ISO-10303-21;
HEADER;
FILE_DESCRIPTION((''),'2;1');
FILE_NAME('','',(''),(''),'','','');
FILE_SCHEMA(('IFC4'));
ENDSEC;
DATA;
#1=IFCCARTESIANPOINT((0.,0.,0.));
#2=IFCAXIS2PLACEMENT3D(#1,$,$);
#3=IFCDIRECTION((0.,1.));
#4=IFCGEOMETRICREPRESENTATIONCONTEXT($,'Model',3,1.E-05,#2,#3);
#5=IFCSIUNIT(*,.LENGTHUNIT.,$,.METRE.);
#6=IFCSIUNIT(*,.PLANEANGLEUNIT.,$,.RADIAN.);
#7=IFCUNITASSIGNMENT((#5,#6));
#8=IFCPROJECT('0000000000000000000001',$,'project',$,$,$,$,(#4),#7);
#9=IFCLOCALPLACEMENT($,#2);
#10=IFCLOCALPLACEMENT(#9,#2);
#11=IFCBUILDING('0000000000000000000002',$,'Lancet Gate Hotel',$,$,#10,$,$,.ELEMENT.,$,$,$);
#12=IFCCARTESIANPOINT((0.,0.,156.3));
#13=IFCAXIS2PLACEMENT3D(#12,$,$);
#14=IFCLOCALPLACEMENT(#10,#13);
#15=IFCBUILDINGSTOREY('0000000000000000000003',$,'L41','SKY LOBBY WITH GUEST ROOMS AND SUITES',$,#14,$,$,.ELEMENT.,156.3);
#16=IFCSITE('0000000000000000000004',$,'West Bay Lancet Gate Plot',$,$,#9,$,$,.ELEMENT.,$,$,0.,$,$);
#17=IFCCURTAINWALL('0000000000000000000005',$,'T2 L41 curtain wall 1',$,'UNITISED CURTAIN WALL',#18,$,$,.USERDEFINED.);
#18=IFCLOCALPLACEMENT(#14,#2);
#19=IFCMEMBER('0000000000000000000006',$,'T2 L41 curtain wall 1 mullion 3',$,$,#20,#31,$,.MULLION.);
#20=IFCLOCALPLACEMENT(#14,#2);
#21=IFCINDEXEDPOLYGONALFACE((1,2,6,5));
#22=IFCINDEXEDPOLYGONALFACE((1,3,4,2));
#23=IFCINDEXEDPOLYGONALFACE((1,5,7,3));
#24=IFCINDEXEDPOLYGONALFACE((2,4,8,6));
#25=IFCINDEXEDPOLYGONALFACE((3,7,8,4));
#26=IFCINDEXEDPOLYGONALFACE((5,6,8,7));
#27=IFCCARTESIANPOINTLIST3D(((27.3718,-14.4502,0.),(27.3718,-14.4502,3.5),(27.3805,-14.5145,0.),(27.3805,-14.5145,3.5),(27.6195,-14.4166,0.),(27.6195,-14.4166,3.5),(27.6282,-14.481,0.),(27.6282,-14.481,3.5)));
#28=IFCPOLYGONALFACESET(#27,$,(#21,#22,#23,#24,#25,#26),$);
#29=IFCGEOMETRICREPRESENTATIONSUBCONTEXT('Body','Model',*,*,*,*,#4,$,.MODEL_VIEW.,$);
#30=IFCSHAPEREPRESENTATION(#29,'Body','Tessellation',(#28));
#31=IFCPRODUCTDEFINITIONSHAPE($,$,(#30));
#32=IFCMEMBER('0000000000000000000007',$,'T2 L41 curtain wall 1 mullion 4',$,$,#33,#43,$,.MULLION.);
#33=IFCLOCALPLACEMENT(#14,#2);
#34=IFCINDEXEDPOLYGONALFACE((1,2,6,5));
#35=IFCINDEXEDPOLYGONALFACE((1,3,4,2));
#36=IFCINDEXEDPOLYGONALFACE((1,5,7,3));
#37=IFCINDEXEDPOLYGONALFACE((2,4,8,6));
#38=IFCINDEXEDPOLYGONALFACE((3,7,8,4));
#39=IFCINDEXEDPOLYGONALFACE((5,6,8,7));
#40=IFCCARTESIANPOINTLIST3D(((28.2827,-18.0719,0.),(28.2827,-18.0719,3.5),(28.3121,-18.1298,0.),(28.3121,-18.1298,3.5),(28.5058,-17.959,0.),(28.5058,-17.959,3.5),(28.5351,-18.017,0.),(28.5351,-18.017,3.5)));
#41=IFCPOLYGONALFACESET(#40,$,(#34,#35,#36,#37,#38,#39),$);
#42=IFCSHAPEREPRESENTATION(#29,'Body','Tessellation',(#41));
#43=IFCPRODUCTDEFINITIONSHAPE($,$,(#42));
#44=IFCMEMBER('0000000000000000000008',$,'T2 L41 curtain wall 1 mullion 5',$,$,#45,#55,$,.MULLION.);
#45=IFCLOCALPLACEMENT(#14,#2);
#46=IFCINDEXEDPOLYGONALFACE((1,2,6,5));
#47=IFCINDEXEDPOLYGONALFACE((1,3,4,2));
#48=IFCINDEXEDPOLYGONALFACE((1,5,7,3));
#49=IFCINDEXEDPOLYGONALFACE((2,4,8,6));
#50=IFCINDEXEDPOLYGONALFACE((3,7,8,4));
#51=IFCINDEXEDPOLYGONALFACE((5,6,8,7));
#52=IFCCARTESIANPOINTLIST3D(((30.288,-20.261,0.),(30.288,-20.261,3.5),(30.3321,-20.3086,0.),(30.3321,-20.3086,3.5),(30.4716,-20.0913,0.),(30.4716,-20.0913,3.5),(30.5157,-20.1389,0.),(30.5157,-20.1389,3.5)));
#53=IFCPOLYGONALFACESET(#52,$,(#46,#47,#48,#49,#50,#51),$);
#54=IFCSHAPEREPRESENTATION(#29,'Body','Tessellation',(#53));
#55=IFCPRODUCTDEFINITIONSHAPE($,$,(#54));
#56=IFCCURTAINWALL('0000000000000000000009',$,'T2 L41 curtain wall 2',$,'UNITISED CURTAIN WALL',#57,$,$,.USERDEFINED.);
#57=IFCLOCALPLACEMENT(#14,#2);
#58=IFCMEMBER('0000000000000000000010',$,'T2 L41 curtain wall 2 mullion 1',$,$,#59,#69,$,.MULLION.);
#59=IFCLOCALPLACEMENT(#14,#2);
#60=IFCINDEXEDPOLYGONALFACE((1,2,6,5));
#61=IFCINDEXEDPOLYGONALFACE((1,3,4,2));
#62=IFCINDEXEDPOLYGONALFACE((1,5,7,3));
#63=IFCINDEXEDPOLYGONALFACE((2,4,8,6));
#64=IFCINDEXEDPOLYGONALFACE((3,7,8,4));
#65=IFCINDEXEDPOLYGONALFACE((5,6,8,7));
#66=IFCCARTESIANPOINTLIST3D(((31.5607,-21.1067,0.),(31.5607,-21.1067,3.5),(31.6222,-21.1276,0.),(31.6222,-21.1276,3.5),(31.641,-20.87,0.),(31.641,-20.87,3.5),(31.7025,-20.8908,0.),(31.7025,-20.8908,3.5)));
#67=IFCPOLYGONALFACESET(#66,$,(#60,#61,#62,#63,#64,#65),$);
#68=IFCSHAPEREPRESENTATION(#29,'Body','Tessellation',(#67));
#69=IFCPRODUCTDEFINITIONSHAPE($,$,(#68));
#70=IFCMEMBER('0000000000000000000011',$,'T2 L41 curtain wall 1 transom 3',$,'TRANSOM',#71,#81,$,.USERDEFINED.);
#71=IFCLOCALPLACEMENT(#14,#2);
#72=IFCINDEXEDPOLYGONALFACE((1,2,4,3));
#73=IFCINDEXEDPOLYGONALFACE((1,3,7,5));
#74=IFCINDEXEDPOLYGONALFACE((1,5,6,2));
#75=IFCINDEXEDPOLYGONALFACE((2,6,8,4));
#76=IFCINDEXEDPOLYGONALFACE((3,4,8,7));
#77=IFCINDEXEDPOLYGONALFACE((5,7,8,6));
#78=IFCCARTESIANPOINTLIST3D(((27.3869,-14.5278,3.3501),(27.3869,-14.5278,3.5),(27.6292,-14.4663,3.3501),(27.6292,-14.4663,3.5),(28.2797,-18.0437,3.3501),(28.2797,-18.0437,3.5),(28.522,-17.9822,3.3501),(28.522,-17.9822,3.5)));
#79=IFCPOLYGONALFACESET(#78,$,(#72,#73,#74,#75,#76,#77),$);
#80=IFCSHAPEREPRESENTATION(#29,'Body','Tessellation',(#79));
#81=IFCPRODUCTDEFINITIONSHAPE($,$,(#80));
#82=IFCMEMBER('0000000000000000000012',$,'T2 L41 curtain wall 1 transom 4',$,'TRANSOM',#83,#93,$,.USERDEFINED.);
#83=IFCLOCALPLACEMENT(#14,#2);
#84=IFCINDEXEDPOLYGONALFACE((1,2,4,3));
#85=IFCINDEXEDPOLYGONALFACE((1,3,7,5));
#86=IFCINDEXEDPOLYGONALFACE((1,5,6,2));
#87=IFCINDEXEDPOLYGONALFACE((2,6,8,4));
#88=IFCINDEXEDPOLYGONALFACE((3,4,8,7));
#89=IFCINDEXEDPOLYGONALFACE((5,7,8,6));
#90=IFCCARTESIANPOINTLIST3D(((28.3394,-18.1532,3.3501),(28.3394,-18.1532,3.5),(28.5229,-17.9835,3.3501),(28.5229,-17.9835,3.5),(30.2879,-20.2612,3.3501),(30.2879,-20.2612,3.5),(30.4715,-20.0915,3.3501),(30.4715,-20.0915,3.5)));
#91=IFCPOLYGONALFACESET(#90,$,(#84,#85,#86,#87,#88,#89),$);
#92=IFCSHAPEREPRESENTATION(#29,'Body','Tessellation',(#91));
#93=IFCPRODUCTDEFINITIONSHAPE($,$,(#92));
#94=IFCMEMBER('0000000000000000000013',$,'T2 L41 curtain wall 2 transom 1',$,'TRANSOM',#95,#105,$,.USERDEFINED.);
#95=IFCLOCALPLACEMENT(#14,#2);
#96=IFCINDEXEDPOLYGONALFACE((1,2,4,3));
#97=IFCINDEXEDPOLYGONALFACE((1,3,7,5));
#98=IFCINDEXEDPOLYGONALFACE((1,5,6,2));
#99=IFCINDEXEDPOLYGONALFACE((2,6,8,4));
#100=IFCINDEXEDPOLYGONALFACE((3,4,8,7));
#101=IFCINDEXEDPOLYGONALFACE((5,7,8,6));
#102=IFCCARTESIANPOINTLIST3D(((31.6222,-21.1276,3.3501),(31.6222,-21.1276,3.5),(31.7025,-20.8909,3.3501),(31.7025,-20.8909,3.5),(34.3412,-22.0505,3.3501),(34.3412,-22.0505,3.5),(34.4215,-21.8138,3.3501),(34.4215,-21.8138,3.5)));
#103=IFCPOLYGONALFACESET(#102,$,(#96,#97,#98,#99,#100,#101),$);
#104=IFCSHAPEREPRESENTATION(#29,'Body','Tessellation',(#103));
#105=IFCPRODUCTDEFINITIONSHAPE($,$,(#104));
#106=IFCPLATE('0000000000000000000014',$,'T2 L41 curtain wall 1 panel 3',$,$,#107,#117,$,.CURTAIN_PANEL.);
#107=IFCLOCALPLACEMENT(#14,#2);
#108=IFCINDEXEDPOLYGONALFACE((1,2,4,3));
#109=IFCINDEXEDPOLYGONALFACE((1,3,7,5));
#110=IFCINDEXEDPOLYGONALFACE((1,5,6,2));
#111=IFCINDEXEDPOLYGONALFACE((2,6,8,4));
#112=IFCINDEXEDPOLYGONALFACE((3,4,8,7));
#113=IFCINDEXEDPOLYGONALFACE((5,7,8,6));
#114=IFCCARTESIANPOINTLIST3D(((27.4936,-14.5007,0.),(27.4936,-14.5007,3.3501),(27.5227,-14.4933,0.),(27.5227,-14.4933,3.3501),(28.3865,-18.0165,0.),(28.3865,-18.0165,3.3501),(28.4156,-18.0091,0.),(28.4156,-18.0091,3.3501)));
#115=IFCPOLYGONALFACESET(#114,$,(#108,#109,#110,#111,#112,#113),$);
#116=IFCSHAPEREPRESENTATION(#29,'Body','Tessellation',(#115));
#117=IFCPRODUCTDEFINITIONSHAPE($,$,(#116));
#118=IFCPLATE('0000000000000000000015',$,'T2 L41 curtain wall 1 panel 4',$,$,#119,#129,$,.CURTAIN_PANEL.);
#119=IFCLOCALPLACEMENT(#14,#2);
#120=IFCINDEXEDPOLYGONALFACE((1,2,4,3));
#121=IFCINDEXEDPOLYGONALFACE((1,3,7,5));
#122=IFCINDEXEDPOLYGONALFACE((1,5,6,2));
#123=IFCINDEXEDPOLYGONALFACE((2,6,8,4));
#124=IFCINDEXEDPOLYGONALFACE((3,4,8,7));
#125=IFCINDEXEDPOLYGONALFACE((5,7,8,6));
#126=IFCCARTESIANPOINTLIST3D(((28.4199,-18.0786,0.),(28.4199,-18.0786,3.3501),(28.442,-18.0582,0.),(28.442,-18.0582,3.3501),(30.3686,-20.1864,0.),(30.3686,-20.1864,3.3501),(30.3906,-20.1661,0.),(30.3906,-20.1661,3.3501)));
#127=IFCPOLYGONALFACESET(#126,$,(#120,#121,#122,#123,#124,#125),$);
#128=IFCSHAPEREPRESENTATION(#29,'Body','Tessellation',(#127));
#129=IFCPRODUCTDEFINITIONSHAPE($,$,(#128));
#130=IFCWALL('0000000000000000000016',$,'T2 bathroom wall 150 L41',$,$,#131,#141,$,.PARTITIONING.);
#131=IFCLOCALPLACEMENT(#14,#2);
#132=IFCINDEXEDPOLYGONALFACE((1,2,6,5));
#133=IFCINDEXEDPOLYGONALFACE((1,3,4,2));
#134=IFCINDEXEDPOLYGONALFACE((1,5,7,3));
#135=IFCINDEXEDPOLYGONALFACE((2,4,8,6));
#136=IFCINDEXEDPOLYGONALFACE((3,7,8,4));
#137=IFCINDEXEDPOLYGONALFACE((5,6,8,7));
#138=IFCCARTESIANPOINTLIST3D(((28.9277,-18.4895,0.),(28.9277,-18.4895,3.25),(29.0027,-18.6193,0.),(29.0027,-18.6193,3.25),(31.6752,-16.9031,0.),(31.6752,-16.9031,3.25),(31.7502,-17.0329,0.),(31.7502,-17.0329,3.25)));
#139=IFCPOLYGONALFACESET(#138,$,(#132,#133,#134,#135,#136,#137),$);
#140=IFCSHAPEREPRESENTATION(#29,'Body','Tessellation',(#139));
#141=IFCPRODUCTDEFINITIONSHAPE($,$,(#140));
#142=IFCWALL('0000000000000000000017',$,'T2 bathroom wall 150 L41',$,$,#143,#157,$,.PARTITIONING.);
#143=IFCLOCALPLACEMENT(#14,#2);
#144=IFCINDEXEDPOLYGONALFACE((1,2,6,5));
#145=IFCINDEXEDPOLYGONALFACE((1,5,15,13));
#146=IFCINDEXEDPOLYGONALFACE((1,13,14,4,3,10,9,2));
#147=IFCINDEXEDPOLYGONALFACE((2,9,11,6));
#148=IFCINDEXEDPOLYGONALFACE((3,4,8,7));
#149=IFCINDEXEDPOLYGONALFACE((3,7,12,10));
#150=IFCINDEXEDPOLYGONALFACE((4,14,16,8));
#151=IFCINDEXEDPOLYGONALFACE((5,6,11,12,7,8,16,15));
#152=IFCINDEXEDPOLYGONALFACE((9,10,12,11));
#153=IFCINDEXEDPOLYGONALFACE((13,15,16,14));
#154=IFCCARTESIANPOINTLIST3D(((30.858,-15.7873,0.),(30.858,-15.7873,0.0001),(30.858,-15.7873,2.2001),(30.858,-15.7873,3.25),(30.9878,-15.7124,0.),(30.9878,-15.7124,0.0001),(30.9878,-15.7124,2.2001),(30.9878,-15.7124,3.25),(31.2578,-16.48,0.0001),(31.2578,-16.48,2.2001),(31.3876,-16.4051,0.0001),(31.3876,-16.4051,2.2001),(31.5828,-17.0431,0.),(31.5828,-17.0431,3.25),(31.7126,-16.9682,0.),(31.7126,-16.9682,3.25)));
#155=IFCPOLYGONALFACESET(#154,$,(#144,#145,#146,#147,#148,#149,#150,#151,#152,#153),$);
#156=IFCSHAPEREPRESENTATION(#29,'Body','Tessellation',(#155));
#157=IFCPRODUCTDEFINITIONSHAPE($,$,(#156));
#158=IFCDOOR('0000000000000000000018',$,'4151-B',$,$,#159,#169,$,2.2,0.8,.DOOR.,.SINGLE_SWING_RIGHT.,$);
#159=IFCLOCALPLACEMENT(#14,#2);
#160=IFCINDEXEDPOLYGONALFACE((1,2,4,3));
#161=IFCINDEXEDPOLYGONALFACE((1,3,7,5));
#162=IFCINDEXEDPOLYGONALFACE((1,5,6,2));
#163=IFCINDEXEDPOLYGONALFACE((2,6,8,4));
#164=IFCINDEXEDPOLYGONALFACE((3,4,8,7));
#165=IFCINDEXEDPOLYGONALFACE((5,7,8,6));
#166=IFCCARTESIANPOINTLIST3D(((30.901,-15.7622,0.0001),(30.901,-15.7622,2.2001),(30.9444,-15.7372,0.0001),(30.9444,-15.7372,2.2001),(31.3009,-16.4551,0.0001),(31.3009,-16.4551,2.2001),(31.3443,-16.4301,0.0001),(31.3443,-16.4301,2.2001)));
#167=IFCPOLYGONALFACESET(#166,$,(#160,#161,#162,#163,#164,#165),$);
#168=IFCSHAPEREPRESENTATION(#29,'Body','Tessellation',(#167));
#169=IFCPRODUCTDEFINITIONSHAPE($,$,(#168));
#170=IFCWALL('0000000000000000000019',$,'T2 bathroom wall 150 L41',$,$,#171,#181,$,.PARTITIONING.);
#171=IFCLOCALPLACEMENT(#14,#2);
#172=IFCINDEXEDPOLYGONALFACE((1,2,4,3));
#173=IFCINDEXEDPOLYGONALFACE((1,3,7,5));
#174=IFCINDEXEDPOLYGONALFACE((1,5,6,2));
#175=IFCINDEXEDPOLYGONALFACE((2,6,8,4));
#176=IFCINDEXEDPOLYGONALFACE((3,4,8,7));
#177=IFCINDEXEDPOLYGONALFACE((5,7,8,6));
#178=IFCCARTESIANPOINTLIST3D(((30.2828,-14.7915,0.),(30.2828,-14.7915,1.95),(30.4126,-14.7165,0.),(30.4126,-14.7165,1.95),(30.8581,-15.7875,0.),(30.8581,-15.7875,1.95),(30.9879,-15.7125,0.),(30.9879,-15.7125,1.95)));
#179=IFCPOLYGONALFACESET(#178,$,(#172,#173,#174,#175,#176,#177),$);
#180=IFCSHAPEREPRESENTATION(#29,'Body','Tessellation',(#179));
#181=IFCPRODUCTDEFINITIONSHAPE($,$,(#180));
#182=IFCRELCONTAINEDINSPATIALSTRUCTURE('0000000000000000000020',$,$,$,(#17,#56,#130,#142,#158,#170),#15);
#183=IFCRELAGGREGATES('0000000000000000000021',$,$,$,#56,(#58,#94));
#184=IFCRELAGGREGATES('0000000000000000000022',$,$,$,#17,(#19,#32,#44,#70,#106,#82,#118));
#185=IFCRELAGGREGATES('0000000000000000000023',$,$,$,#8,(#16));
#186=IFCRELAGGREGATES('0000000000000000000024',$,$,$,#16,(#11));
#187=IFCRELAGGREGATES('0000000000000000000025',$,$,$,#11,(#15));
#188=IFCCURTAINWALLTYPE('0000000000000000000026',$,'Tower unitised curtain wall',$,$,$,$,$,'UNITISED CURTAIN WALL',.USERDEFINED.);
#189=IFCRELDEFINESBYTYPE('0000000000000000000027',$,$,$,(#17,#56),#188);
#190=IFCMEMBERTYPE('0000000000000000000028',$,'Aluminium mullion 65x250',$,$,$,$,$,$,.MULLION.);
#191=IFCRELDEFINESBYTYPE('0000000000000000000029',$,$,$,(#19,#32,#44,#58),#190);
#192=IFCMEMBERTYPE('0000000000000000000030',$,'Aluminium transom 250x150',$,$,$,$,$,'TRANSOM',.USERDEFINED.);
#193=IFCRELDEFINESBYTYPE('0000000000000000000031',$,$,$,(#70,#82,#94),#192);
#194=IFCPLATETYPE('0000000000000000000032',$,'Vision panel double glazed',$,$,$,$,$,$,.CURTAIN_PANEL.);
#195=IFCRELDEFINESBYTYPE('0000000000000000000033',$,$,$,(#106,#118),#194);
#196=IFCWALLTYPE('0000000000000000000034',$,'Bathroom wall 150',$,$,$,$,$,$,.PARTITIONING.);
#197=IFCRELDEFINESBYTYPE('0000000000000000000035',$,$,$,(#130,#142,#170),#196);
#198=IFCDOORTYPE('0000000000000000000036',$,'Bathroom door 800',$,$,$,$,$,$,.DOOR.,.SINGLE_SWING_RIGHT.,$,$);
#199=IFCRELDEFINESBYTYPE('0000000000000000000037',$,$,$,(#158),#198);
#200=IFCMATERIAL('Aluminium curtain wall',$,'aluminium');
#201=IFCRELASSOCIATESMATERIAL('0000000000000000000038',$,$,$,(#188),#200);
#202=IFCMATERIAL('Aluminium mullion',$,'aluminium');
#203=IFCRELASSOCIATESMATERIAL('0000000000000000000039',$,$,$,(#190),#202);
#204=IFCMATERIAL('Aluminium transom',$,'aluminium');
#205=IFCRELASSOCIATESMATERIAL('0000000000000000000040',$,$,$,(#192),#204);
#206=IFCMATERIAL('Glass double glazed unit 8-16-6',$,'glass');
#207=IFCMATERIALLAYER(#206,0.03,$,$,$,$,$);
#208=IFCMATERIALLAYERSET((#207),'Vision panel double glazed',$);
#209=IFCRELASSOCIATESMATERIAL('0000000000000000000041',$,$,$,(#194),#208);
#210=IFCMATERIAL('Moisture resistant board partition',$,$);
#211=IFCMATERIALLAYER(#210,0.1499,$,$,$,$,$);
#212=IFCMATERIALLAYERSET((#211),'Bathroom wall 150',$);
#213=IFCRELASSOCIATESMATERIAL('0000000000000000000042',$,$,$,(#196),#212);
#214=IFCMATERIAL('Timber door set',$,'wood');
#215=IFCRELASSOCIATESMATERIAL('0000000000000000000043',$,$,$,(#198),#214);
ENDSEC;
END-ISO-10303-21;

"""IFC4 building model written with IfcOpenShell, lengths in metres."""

from ifc_helpers import new_model, si_unit, direction, frame, frame_2d, origin, origin_2d, place, context, subcontext, project, spatial, rectangle, extrude, material, layer, layer_set, material_profile, profile_set, type_object, element, fill, aggregate, save


model = new_model("IFC4")

# Units and contexts
model_context = context("Model", 3, precision=1e-05, world=origin(), true_north=direction((0.0, 1.0)))
body_context = subcontext(model_context, "Body", "Model", "MODEL_VIEW")
ifc_project = project(units=[si_unit("LENGTHUNIT", "METRE"), si_unit("PLANEANGLEUNIT", "RADIAN")], contexts=[model_context])

# Site, building, storey
site_placement = place(None, origin())
site = spatial("IfcSite", under=ifc_project, at=site_placement, Name="West Bay Lancet Gate Plot", CompositionType="ELEMENT", RefElevation=0.0)
building_placement = place(site_placement, origin())
building = spatial("IfcBuilding", under=site, at=building_placement, Name="Lancet Gate Hotel", CompositionType="ELEMENT")
storey_placement = place(building_placement, frame((0.0, 0.0, 156.3)))
storey = spatial("IfcBuildingStorey", under=building, at=storey_placement, Name="L41", Description="SKY LOBBY WITH GUEST ROOMS AND SUITES", CompositionType="ELEMENT", Elevation=156.3)

# Curtain wall, members
ifc_material_1 = material(Name="Aluminium curtain wall", Category="aluminium")
curtain_wall_type = type_object("IfcCurtainWallType", Name="Tower unitised curtain wall", ElementType="UNITISED CURTAIN WALL", PredefinedType="USERDEFINED", material=ifc_material_1)
curtain_wall_1_placement = place(storey_placement, origin())
curtain_wall_1 = element("IfcCurtainWall", 1, at=curtain_wall_1_placement, inside=storey, type_object=curtain_wall_type, Name="T2 L41 curtain wall 1", ObjectType="UNITISED CURTAIN WALL", PredefinedType="USERDEFINED")
ifc_material_2 = material(Name="Aluminium mullion", Category="aluminium")
ifc_material_profile_1 = material_profile(ifc_material_2, rectangle(XDim=0.0649, YDim=0.25, at=origin_2d()), Name="MULLION 65x250")
ifc_profile_set_1 = profile_set([ifc_material_profile_1], Name="Aluminium mullion")
member_type_1 = type_object("IfcMemberType", Name="Aluminium mullion 65x250", PredefinedType="MULLION", material=ifc_profile_set_1)
member_1_placement = place(storey_placement, frame((27.5, -14.4656, 0.0), z_axis=(0.0, 0.0, 1.0), x_axis=(0.134207, -0.990953, 0.0)))
member_1 = element("IfcMember", 2, at=member_1_placement, type_object=member_type_1, Name="T2 L41 curtain wall 1 mullion 3", PredefinedType="MULLION", context=body_context, shape_type="SweptSolid", body=[
    extrude(rectangle(XDim=0.0649, YDim=0.25, at=origin_2d()), origin(), (0.0, 0.0, 1.0), 3.5),
])
member_2_placement = place(storey_placement, frame((28.4089, -18.0444, 0.0), z_axis=(0.0, 0.0, 1.0), x_axis=(0.451506, -0.892268, 0.0)))
member_2 = element("IfcMember", 3, at=member_2_placement, type_object=member_type_1, Name="T2 L41 curtain wall 1 mullion 4", PredefinedType="MULLION", context=body_context, shape_type="SweptSolid", body=[
    extrude(rectangle(XDim=0.0649, YDim=0.25, at=origin_2d()), origin(), (0.0, 0.0, 1.0), 3.5),
])
member_3_placement = place(storey_placement, frame((30.4019, -20.2, 0.0), z_axis=(0.0, 0.0, 1.0), x_axis=(0.678831, -0.734294, 0.0)))
member_3 = element("IfcMember", 4, at=member_3_placement, type_object=member_type_1, Name="T2 L41 curtain wall 1 mullion 5", PredefinedType="MULLION", context=body_context, shape_type="SweptSolid", body=[
    extrude(rectangle(XDim=0.0649, YDim=0.25, at=origin_2d()), origin(), (0.0, 0.0, 1.0), 3.5),
])

# Curtain wall, member
curtain_wall_2_placement = place(storey_placement, origin())
curtain_wall_2 = element("IfcCurtainWall", 5, at=curtain_wall_2_placement, inside=storey, type_object=curtain_wall_type, Name="T2 L41 curtain wall 2", ObjectType="UNITISED CURTAIN WALL", PredefinedType="USERDEFINED")
member_4_placement = place(storey_placement, frame((31.6316, -20.9988, 0.0), z_axis=(0.0, 0.0, 1.0), x_axis=(0.946952, -0.321374, 0.0)))
member_4 = element("IfcMember", 6, at=member_4_placement, type_object=member_type_1, Name="T2 L41 curtain wall 2 mullion 1", PredefinedType="MULLION", context=body_context, shape_type="SweptSolid", body=[
    extrude(rectangle(XDim=0.0649, YDim=0.25, at=origin_2d()), origin(), (0.0, 0.0, 1.0), 3.5),
])

# Members
ifc_material_3 = material(Name="Aluminium transom", Category="aluminium")
ifc_material_profile_2 = material_profile(ifc_material_3, rectangle(XDim=0.25, YDim=0.1499, at=origin_2d()), Name="TRANSOM 250x150")
ifc_profile_set_2 = profile_set([ifc_material_profile_2], Name="Aluminium transom")
member_type_2 = type_object("IfcMemberType", Name="Aluminium transom 250x150", ElementType="TRANSOM", PredefinedType="USERDEFINED", material=ifc_profile_set_2)
member_5_placement = place(storey_placement, frame((27.5081, -14.4971, 3.425), z_axis=(0.246129, -0.969237, 0.0), x_axis=(0.969237, 0.246129, 0.0)))
member_5 = element("IfcMember", 7, at=member_5_placement, type_object=member_type_2, Name="T2 L41 curtain wall 1 transom 3", ObjectType="TRANSOM", PredefinedType="USERDEFINED", context=body_context, shape_type="SweptSolid", body=[
    extrude(rectangle(XDim=0.25, YDim=0.1499, at=origin_2d()), origin(), (0.0, 0.0, 1.0), 3.6274),
])
member_6_placement = place(storey_placement, frame((28.4312, -18.0684, 3.425), z_axis=(0.678792, -0.73433, 0.0), x_axis=(0.73433, 0.678792, 0.0)))
member_6 = element("IfcMember", 8, at=member_6_placement, type_object=member_type_2, Name="T2 L41 curtain wall 1 transom 4", ObjectType="TRANSOM", PredefinedType="USERDEFINED", context=body_context, shape_type="SweptSolid", body=[
    extrude(rectangle(XDim=0.25, YDim=0.1499, at=origin_2d()), origin(), (0.0, 0.0, 1.0), 2.8706),
])
member_7_placement = place(storey_placement, frame((31.6624, -21.0093, 3.425), z_axis=(0.946943, -0.321401, 0.0), x_axis=(0.321401, 0.946943, 0.0)))
member_7 = element("IfcMember", 9, at=member_7_placement, type_object=member_type_2, Name="T2 L41 curtain wall 2 transom 1", ObjectType="TRANSOM", PredefinedType="USERDEFINED", context=body_context, shape_type="SweptSolid", body=[
    extrude(rectangle(XDim=0.25, YDim=0.1499, at=origin_2d()), origin(), (0.0, 0.0, 1.0), 2.8713),
])
aggregate(curtain_wall_2, [member_4, member_7])

# Plates
ifc_material_4 = material(Name="Glass double glazed unit 8-16-6", Category="glass")
ifc_layer_1 = layer(ifc_material_4, 0.03)
ifc_layer_set_1 = layer_set([ifc_layer_1], Name="Vision panel double glazed")
plate_type = type_object("IfcPlateType", Name="Vision panel double glazed", PredefinedType="CURTAIN_PANEL", material=ifc_layer_set_1)
plate_1_placement = place(storey_placement, frame((27.9546, -16.2549, 0.0), z_axis=(0.0, 0.0, 1.0), x_axis=(0.246167, -0.969228, 0.0)))
plate_1 = element("IfcPlate", 10, at=plate_1_placement, type_object=plate_type, Name="T2 L41 curtain wall 1 panel 3", PredefinedType="CURTAIN_PANEL", context=body_context, shape_type="SweptSolid", body=[
    extrude(rectangle(XDim=3.6274, YDim=0.03, at=origin_2d()), origin(), (0.0, 0.0, 1.0), 3.3501),
])
plate_2_placement = place(storey_placement, frame((29.4053, -19.1223, 0.0), z_axis=(0.0, 0.0, 1.0), x_axis=(0.678831, -0.734294, 0.0)))
plate_2 = element("IfcPlate", 11, at=plate_2_placement, type_object=plate_type, Name="T2 L41 curtain wall 1 panel 4", PredefinedType="CURTAIN_PANEL", context=body_context, shape_type="SweptSolid", body=[
    extrude(rectangle(XDim=2.8706, YDim=0.03, at=origin_2d()), origin(), (0.0, 0.0, 1.0), 3.3501),
])
aggregate(curtain_wall_1, [member_1, member_2, member_3, member_5, plate_1, member_6, plate_2])

# Wall
ifc_material_5 = material(Name="Moisture resistant board partition")
ifc_layer_2 = layer(ifc_material_5, 0.1499)
ifc_layer_set_2 = layer_set([ifc_layer_2], Name="Bathroom wall 150")
wall_type_1 = type_object("IfcWallType", Name="Bathroom wall 150", PredefinedType="PARTITIONING", material=ifc_layer_set_2)
wall_1_placement = place(storey_placement, frame((28.9651, -18.5544, 0.0), z_axis=(0.0, 0.0, 1.0), x_axis=(0.866009, 0.500029, 0.0)))
element("IfcWall", 12, at=wall_1_placement, inside=storey, type_object=wall_type_1, Name="T2 bathroom wall 150 L41", PredefinedType="PARTITIONING", context=body_context, shape_type="SweptSolid", body=[
    extrude(rectangle(XDim=3.1726, YDim=0.1499, at=frame_2d((1.5864, 0.0))), origin(), (0.0, 0.0, 1.0), 3.25),
])

# Wall, opening, door
wall_2_placement = place(storey_placement, frame((30.9229, -15.7498, 0.0), z_axis=(0.0, 0.0, 1.0), x_axis=(0.499888, -0.86609, 0.0)))
wall_2 = element("IfcWall", 13, at=wall_2_placement, inside=storey, type_object=wall_type_1, Name="T2 bathroom wall 150 L41", PredefinedType="PARTITIONING", context=body_context, shape_type="SweptSolid", body=[
    extrude(rectangle(XDim=1.45, YDim=0.1499, at=frame_2d((0.7251, 0.0))), origin(), (0.0, 0.0, 1.0), 3.25),
])
opening_1_placement = place(wall_2_placement, origin())
opening_1 = element("IfcOpeningElement", 14, at=opening_1_placement, cuts=wall_2, PredefinedType="OPENING", context=body_context, shape_type="SweptSolid", body=[
    extrude(rectangle(XDim=0.8, YDim=2.2, at=frame_2d((0.3999, 1.1001))), frame((0.0, 0.085, 0.0), z_axis=(0.0, -1.0, 0.0), x_axis=(1.0, 0.0, 0.0)), (0.0, 0.0, 1.0), 0.1699),
])
ifc_material_6 = material(Name="Timber door set", Category="wood")
door_type_1 = type_object("IfcDoorType", Name="Bathroom door 800", OperationType="SINGLE_SWING_RIGHT", PredefinedType="DOOR", material=ifc_material_6)
door_1_placement = place(opening_1_placement, origin())
door_1 = element("IfcDoor", 15, at=door_1_placement, inside=storey, type_object=door_type_1, Name="4151-B", OperationType="SINGLE_SWING_RIGHT", OverallHeight=2.2, OverallWidth=0.8, PredefinedType="DOOR", context=body_context, shape_type="SweptSolid", body=[
    extrude(rectangle(XDim=0.8, YDim=2.2, at=frame_2d((0.3999, 1.1001))), frame((0.0, 0.0249, 0.0), z_axis=(0.0, -1.0, 0.0), x_axis=(1.0, 0.0, 0.0)), (0.0, 0.0, 1.0), 0.05),
])
fill(opening_1, door_1)

# Wall
wall_3_placement = place(storey_placement, frame((30.3477, -14.7539, 0.0), z_axis=(0.0, 0.0, 1.0), x_axis=(0.500157, -0.865935, 0.0)))
element("IfcWall", 16, at=wall_3_placement, inside=storey, type_object=wall_type_1, Name="T2 bathroom wall 150 L41", PredefinedType="PARTITIONING", context=body_context, shape_type="SweptSolid", body=[
    extrude(rectangle(XDim=1.1501, YDim=0.1499, at=frame_2d((0.5752, 0.0))), origin(), (0.0, 0.0, 1.0), 1.95),
])

save(model, "model.ifc")
